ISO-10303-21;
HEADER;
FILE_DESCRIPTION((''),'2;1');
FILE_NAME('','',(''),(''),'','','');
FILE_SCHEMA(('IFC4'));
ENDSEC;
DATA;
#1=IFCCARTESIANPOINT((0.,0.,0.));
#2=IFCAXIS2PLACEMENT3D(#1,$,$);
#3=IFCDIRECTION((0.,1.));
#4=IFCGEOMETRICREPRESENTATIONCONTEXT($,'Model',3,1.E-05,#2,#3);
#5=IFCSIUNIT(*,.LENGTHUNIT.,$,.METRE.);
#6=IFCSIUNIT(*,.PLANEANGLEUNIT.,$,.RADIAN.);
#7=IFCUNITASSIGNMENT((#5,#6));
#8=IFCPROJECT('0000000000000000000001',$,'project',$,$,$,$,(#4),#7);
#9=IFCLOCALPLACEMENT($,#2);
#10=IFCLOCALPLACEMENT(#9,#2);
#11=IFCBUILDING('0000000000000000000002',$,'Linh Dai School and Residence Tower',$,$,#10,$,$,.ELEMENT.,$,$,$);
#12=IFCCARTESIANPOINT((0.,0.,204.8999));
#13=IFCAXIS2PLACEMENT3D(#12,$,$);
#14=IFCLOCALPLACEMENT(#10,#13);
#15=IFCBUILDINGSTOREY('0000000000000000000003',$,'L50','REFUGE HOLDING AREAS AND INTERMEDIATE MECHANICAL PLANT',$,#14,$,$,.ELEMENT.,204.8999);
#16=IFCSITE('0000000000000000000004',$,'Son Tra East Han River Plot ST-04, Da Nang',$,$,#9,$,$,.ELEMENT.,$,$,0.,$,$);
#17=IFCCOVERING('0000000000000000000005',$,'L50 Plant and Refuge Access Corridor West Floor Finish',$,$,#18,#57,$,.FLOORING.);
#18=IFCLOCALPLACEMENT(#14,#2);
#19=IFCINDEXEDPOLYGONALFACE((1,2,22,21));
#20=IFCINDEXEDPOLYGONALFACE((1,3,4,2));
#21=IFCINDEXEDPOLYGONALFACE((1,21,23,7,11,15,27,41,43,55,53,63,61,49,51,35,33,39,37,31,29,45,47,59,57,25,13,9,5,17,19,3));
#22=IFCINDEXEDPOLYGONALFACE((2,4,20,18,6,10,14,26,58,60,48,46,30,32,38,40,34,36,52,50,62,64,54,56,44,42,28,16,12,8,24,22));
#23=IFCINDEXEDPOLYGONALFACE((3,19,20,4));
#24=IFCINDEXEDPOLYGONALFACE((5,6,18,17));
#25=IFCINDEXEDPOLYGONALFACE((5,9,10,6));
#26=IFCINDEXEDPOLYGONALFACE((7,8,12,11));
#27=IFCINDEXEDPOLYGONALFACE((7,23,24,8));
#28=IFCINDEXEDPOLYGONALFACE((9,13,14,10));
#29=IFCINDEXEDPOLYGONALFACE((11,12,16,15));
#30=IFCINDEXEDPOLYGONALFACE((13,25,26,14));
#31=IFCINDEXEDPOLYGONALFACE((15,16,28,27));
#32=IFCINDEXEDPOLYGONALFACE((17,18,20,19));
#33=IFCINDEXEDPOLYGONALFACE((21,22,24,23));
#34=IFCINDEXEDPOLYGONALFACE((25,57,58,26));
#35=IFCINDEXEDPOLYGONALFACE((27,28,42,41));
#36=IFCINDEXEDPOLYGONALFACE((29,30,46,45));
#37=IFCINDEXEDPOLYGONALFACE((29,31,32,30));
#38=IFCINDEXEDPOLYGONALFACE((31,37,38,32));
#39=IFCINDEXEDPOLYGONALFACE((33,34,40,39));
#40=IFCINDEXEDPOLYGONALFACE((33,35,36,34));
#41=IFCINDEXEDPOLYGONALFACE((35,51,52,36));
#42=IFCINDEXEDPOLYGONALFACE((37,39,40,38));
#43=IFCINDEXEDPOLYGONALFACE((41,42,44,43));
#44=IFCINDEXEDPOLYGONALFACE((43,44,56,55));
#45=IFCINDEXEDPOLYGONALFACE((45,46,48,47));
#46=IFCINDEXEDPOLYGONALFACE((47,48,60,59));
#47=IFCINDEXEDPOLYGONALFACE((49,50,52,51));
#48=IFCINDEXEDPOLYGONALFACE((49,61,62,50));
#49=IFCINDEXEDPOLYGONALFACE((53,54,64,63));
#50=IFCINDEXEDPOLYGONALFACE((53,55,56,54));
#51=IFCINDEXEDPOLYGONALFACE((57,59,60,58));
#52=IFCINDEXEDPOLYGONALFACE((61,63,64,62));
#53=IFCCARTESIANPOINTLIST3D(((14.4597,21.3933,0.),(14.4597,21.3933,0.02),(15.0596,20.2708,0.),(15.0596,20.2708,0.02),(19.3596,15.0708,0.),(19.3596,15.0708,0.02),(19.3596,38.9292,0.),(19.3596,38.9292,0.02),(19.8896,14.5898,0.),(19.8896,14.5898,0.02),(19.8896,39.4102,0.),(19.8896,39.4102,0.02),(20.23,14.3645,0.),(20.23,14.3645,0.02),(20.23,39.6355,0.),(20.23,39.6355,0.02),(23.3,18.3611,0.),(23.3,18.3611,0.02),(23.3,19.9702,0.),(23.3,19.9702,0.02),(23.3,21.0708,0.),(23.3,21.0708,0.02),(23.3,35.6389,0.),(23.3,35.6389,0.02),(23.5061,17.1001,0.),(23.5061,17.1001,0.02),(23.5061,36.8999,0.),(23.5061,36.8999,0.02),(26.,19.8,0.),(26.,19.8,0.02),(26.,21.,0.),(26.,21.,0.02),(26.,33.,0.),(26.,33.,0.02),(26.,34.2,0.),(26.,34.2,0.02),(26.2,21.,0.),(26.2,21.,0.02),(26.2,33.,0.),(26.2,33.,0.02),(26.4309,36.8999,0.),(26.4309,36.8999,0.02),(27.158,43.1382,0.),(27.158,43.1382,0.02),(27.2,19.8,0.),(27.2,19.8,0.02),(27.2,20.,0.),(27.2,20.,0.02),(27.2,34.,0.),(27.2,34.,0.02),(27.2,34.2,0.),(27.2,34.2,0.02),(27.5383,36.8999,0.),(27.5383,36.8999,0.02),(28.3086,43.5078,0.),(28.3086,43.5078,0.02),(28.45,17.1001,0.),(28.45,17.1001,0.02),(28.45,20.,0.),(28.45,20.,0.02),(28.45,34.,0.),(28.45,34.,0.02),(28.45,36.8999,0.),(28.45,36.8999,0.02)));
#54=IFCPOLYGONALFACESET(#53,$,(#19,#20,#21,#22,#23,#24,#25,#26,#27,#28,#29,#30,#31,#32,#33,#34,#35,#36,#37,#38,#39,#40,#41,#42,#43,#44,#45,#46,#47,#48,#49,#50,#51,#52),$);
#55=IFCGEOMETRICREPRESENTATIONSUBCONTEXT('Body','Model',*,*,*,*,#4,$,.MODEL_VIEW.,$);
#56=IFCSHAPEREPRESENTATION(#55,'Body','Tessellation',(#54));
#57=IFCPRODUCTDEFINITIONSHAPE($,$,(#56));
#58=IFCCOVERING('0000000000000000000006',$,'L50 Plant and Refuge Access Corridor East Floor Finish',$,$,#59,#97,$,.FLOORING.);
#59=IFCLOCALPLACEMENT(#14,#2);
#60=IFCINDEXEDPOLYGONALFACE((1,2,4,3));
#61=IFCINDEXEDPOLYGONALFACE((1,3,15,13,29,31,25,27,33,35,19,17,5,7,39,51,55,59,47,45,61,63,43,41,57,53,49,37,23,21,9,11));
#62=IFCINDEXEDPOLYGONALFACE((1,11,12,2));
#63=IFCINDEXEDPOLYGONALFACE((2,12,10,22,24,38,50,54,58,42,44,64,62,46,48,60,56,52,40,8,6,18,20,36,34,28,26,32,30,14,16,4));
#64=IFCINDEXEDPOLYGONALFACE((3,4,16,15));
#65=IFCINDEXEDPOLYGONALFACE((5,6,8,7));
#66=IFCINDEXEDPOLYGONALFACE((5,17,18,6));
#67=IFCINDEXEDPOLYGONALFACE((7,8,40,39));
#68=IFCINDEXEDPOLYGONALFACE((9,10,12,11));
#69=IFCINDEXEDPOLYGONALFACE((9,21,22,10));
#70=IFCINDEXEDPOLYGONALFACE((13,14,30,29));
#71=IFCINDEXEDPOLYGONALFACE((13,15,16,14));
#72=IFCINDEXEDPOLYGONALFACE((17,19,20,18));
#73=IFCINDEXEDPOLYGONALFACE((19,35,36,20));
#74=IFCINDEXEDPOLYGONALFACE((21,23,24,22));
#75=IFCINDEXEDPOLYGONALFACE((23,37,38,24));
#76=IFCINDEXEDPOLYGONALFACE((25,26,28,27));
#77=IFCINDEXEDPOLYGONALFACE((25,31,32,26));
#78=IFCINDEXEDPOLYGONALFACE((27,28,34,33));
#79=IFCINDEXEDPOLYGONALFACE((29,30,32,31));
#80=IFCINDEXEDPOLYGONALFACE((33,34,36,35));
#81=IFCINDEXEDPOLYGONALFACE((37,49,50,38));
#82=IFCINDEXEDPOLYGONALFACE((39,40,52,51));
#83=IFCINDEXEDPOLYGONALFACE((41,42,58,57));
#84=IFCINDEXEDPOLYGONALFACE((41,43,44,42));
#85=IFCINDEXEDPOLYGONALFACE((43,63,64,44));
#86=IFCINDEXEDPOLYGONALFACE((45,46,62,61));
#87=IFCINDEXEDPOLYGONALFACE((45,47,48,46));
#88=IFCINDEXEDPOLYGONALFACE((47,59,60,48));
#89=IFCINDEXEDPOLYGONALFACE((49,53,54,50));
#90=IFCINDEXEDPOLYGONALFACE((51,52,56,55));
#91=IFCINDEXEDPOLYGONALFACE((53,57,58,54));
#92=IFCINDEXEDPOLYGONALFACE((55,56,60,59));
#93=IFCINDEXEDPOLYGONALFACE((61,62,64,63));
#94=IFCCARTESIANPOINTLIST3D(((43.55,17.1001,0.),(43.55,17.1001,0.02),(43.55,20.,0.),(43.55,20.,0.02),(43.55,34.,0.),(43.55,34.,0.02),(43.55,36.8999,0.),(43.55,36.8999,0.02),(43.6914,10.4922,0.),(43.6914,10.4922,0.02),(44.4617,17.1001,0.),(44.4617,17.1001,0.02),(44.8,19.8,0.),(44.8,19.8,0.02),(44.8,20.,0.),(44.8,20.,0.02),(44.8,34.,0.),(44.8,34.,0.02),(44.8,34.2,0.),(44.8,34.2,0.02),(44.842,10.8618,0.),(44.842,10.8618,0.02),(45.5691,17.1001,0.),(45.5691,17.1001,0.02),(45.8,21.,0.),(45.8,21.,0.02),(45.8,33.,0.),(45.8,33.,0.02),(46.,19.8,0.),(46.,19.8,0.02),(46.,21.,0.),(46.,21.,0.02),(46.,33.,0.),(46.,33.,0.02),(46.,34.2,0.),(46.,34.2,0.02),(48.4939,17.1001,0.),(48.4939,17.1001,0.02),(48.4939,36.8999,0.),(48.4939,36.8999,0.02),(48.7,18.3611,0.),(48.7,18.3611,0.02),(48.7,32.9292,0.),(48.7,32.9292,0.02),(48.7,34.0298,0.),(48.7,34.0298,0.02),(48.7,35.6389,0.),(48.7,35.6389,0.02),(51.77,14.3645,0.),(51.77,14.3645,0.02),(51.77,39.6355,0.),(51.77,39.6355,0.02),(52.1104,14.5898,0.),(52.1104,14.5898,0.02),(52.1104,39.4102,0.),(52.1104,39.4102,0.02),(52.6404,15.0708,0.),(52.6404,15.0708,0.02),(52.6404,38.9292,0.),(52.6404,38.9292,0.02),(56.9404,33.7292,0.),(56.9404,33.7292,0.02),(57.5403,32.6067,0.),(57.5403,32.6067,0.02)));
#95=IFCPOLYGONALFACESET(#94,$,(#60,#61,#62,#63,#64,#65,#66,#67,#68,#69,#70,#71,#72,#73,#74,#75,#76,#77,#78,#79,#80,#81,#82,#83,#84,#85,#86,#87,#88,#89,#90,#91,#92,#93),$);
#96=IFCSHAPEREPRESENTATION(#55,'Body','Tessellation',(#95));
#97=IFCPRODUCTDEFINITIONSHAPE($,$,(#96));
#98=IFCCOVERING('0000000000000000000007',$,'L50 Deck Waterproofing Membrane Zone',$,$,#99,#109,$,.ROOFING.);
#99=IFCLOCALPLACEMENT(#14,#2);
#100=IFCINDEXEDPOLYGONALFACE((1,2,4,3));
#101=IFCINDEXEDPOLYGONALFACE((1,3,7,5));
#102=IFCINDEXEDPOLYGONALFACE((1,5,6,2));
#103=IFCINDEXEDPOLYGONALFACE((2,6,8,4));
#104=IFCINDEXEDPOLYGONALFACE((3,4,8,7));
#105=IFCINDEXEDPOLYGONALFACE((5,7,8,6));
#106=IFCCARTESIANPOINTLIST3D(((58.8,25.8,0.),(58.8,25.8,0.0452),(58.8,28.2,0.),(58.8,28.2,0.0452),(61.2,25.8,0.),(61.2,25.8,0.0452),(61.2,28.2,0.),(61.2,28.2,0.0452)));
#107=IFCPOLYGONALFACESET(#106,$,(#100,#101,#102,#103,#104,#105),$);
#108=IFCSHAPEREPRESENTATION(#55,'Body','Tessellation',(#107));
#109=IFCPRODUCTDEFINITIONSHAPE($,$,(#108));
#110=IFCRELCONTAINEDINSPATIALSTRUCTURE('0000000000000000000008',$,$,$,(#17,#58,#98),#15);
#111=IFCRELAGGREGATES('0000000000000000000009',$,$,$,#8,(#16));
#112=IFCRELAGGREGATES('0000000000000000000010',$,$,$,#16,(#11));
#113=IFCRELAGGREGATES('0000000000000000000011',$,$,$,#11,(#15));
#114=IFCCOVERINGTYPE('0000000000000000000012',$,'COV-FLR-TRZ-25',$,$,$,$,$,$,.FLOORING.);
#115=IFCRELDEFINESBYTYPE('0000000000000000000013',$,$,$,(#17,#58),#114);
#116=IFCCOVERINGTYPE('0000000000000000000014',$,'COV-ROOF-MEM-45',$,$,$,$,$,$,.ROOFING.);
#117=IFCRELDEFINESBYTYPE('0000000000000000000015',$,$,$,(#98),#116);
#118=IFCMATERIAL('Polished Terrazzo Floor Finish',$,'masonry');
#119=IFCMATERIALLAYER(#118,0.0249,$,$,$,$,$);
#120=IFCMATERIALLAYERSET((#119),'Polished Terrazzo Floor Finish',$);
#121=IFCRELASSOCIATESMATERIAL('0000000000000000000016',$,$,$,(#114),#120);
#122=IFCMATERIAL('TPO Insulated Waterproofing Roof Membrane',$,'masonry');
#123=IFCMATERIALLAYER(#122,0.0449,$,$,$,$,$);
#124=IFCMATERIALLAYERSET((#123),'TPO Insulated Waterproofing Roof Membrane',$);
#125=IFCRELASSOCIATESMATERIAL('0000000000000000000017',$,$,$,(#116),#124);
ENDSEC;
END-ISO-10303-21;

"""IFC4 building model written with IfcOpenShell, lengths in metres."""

from ifc_helpers import new_model, si_unit, direction, frame, origin, place, context, subcontext, project, spatial, polyline, outline, extrude, material, layer, layer_set, type_object, element, save


model = new_model("IFC4")

# Units and contexts
model_context = context("Model", 3, precision=1e-05, world=origin(), true_north=direction((0.0, 1.0)))
body_context = subcontext(model_context, "Body", "Model", "MODEL_VIEW")
ifc_project = project(units=[si_unit("LENGTHUNIT", "METRE"), si_unit("PLANEANGLEUNIT", "RADIAN")], contexts=[model_context])

# Site, building, storey
site_placement = place(None, origin())
site = spatial("IfcSite", under=ifc_project, at=site_placement, Name="Son Tra East Han River Plot ST-04, Da Nang", CompositionType="ELEMENT", RefElevation=0.0)
building_placement = place(site_placement, origin())
building = spatial("IfcBuilding", under=site, at=building_placement, Name="Linh Dai School and Residence Tower", CompositionType="ELEMENT")
storey_placement = place(building_placement, frame((0.0, 0.0, 204.8999)))
storey = spatial("IfcBuildingStorey", under=building, at=storey_placement, Name="L50", Description="REFUGE HOLDING AREAS AND INTERMEDIATE MECHANICAL PLANT", CompositionType="ELEMENT", Elevation=204.8999)

# Coverings
ifc_material_1 = material(Name="Polished Terrazzo Floor Finish", Category="masonry")
ifc_layer_1 = layer(ifc_material_1, 0.0249)
ifc_layer_set_1 = layer_set([ifc_layer_1], Name="Polished Terrazzo Floor Finish")
covering_type_1 = type_object("IfcCoveringType", Name="COV-FLR-TRZ-25", PredefinedType="FLOORING", material=ifc_layer_set_1)
covering_1_placement = place(storey_placement, origin())
element("IfcCovering", 1, at=covering_1_placement, inside=storey, type_object=covering_type_1, Name="L50 Plant and Refuge Access Corridor West Floor Finish", PredefinedType="FLOORING", context=body_context, shape_type="SweptSolid", body=[
    extrude(outline(polyline([(20.23, 14.3645), (19.8896, 14.5898), (19.3596, 15.0708), (23.3, 18.3611), (23.3, 19.9702), (15.0596, 20.2708), (14.4597, 21.3933), (23.3, 21.0708), (23.3, 35.6389), (19.3596, 38.9292), (19.8896, 39.4102), (20.23, 39.6355), (23.5061, 36.8999), (26.4309, 36.8999), (27.158, 43.1382), (28.3086, 43.5078), (27.5383, 36.8999), (28.45, 36.8999), (28.45, 34.0), (27.2, 34.0), (27.2, 34.2), (26.0, 34.2), (26.0, 33.0), (26.2, 33.0), (26.2, 21.0), (26.0, 21.0), (26.0, 19.8), (27.2, 19.8), (27.2, 20.0), (28.45, 20.0), (28.45, 17.1001), (23.5061, 17.1001), (20.23, 14.3645)])), origin(), (0.0, 0.0, 1.0), 0.02),
])
covering_2_placement = place(storey_placement, origin())
element("IfcCovering", 2, at=covering_2_placement, inside=storey, type_object=covering_type_1, Name="L50 Plant and Refuge Access Corridor East Floor Finish", PredefinedType="FLOORING", context=body_context, shape_type="SweptSolid", body=[
    extrude(outline(polyline([(45.5691, 17.1001), (44.842, 10.8618), (43.6914, 10.4922), (44.4617, 17.1001), (43.55, 17.1001), (43.55, 20.0), (44.8, 20.0), (44.8, 19.8), (46.0, 19.8), (46.0, 21.0), (45.8, 21.0), (45.8, 33.0), (46.0, 33.0), (46.0, 34.2), (44.8, 34.2), (44.8, 34.0), (43.55, 34.0), (43.55, 36.8999), (48.4939, 36.8999), (51.77, 39.6355), (52.1104, 39.4102), (52.6404, 38.9292), (48.7, 35.6389), (48.7, 34.0298), (56.9404, 33.7292), (57.5403, 32.6067), (48.7, 32.9292), (48.7, 18.3611), (52.6404, 15.0708), (52.1104, 14.5898), (51.77, 14.3645), (48.4939, 17.1001), (45.5691, 17.1001)])), origin(), (0.0, 0.0, 1.0), 0.02),
])
ifc_material_2 = material(Name="TPO Insulated Waterproofing Roof Membrane", Category="masonry")
ifc_layer_2 = layer(ifc_material_2, 0.0449)
ifc_layer_set_2 = layer_set([ifc_layer_2], Name="TPO Insulated Waterproofing Roof Membrane")
covering_type_2 = type_object("IfcCoveringType", Name="COV-ROOF-MEM-45", PredefinedType="ROOFING", material=ifc_layer_set_2)
covering_3_placement = place(storey_placement, origin())
element("IfcCovering", 3, at=covering_3_placement, inside=storey, type_object=covering_type_2, Name="L50 Deck Waterproofing Membrane Zone", PredefinedType="ROOFING", context=body_context, shape_type="SweptSolid", body=[
    extrude(outline(polyline([(58.8, 25.8), (61.2, 25.8), (61.2, 28.2), (58.8, 28.2), (58.8, 25.8)])), origin(), (0.0, 0.0, 1.0), 0.0452),
])

save(model, "model.ifc")
